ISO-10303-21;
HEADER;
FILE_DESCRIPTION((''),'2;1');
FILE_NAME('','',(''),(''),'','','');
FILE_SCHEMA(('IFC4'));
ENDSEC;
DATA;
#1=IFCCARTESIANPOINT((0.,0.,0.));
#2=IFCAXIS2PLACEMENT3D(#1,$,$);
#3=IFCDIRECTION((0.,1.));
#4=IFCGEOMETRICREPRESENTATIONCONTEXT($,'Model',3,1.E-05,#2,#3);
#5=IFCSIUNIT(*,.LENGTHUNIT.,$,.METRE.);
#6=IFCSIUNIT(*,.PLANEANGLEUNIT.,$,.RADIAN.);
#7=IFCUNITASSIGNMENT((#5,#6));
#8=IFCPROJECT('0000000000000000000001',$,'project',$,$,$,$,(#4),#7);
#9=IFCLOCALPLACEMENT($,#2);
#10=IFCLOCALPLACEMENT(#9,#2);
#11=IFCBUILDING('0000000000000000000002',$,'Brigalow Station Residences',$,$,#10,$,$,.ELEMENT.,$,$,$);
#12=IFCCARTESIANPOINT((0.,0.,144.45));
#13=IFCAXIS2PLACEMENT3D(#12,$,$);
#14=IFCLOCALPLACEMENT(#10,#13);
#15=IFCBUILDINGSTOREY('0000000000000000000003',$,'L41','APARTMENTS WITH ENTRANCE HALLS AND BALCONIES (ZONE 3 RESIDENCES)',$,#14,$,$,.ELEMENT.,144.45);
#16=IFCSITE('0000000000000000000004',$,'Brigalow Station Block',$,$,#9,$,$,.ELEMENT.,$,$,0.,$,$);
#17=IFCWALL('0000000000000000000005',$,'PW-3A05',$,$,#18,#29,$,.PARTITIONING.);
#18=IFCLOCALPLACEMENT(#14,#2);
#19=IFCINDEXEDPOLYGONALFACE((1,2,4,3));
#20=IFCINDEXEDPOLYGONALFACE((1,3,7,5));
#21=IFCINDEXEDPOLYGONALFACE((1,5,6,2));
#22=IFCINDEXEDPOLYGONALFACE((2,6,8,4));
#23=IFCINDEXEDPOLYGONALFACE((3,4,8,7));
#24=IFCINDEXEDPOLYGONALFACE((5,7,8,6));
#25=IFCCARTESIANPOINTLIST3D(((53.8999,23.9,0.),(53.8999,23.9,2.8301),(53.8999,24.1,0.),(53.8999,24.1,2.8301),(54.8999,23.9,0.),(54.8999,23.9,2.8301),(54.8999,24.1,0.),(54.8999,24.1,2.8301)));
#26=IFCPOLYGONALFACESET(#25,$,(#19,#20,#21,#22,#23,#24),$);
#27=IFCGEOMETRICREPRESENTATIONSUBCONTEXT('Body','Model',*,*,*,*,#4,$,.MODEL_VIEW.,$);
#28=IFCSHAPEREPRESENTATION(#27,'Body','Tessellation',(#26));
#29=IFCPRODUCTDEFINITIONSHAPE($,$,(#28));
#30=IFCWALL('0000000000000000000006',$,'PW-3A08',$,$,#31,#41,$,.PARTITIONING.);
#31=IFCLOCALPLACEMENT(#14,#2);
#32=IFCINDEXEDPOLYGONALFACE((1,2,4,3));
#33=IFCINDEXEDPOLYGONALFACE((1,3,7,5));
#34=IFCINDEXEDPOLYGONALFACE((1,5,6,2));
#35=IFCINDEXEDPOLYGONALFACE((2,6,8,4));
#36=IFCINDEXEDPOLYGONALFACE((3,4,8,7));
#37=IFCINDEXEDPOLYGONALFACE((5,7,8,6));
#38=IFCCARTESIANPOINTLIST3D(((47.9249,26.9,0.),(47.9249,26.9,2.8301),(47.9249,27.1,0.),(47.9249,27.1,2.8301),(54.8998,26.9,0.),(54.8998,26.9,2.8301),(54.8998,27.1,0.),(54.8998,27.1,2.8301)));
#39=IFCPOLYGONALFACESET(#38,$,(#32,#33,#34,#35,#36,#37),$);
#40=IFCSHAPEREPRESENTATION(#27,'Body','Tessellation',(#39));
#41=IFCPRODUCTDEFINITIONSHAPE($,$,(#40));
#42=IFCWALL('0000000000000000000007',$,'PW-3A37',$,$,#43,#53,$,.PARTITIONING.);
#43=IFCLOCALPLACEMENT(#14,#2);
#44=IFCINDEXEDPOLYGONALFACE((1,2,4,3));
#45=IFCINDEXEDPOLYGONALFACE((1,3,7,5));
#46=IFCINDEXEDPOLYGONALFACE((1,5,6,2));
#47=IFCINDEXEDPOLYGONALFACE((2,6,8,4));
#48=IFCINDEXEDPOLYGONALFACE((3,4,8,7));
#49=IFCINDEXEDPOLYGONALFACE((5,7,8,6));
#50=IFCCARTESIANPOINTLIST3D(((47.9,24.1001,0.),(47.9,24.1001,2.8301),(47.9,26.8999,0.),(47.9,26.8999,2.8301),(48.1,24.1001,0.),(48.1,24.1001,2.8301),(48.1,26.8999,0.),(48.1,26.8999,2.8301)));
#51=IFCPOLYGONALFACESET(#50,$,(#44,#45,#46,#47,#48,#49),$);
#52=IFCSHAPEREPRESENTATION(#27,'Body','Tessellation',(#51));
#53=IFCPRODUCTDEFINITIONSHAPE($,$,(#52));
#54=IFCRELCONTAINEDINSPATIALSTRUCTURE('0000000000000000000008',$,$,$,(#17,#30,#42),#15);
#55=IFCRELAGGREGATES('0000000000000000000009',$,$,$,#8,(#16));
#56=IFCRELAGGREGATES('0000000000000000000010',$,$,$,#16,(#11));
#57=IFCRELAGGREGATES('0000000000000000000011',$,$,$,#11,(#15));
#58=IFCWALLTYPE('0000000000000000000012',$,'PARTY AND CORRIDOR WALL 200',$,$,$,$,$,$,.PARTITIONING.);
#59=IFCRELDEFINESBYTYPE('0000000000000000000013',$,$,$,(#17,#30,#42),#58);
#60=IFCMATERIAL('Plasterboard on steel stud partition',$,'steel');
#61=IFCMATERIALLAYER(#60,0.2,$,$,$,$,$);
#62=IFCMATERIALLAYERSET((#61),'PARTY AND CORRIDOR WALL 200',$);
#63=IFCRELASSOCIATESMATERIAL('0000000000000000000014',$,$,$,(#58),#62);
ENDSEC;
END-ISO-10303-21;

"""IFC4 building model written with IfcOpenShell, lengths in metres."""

from ifc_helpers import new_model, si_unit, direction, frame, frame_2d, origin, place, context, subcontext, project, spatial, rectangle, extrude, material, layer, layer_set, type_object, element, save


model = new_model("IFC4")

# Units and contexts
model_context = context("Model", 3, precision=1e-05, world=origin(), true_north=direction((0.0, 1.0)))
body_context = subcontext(model_context, "Body", "Model", "MODEL_VIEW")
ifc_project = project(units=[si_unit("LENGTHUNIT", "METRE"), si_unit("PLANEANGLEUNIT", "RADIAN")], contexts=[model_context])

# Site, building, storey
site_placement = place(None, origin())
site = spatial("IfcSite", under=ifc_project, at=site_placement, Name="Brigalow Station Block", CompositionType="ELEMENT", RefElevation=0.0)
building_placement = place(site_placement, origin())
building = spatial("IfcBuilding", under=site, at=building_placement, Name="Brigalow Station Residences", CompositionType="ELEMENT")
storey_placement = place(building_placement, frame((0.0, 0.0, 144.45)))
storey = spatial("IfcBuildingStorey", under=building, at=storey_placement, Name="L41", Description="APARTMENTS WITH ENTRANCE HALLS AND BALCONIES (ZONE 3 RESIDENCES)", CompositionType="ELEMENT", Elevation=144.45)

# Walls
ifc_material_1 = material(Name="Plasterboard on steel stud partition", Category="steel")
ifc_layer_1 = layer(ifc_material_1, 0.2)
ifc_layer_set_1 = layer_set([ifc_layer_1], Name="PARTY AND CORRIDOR WALL 200")
wall_type_1 = type_object("IfcWallType", Name="PARTY AND CORRIDOR WALL 200", PredefinedType="PARTITIONING", material=ifc_layer_set_1)
wall_1_placement = place(storey_placement, frame((53.8999, 24.0, 0.0), z_axis=(0.0, 0.0, 1.0), x_axis=(1.0, 0.0, 0.0)))
element("IfcWall", 1, at=wall_1_placement, inside=storey, type_object=wall_type_1, Name="PW-3A05", PredefinedType="PARTITIONING", context=body_context, shape_type="SweptSolid", body=[
    extrude(rectangle(XDim=1.0, YDim=0.2, at=frame_2d((0.5, 0.0))), origin(), (0.0, 0.0, 1.0), 2.8301),
])
wall_2_placement = place(storey_placement, frame((47.925, 27.0, 0.0), z_axis=(0.0, 0.0, 1.0), x_axis=(1.0, 0.0, 0.0)))
element("IfcWall", 2, at=wall_2_placement, inside=storey, type_object=wall_type_1, Name="PW-3A08", PredefinedType="PARTITIONING", context=body_context, shape_type="SweptSolid", body=[
    extrude(rectangle(XDim=6.9749, YDim=0.2, at=frame_2d((3.4873, 0.0))), origin(), (0.0, 0.0, 1.0), 2.8301),
])
wall_3_placement = place(storey_placement, frame((48.0, 24.1001, 0.0), z_axis=(0.0, 0.0, 1.0), x_axis=(0.0, 1.0, 0.0)))
element("IfcWall", 3, at=wall_3_placement, inside=storey, type_object=wall_type_1, Name="PW-3A37", PredefinedType="PARTITIONING", context=body_context, shape_type="SweptSolid", body=[
    extrude(rectangle(XDim=2.7998, YDim=0.2, at=frame_2d((1.3999, 0.0))), origin(), (0.0, 0.0, 1.0), 2.8301),
])

save(model, "model.ifc")
